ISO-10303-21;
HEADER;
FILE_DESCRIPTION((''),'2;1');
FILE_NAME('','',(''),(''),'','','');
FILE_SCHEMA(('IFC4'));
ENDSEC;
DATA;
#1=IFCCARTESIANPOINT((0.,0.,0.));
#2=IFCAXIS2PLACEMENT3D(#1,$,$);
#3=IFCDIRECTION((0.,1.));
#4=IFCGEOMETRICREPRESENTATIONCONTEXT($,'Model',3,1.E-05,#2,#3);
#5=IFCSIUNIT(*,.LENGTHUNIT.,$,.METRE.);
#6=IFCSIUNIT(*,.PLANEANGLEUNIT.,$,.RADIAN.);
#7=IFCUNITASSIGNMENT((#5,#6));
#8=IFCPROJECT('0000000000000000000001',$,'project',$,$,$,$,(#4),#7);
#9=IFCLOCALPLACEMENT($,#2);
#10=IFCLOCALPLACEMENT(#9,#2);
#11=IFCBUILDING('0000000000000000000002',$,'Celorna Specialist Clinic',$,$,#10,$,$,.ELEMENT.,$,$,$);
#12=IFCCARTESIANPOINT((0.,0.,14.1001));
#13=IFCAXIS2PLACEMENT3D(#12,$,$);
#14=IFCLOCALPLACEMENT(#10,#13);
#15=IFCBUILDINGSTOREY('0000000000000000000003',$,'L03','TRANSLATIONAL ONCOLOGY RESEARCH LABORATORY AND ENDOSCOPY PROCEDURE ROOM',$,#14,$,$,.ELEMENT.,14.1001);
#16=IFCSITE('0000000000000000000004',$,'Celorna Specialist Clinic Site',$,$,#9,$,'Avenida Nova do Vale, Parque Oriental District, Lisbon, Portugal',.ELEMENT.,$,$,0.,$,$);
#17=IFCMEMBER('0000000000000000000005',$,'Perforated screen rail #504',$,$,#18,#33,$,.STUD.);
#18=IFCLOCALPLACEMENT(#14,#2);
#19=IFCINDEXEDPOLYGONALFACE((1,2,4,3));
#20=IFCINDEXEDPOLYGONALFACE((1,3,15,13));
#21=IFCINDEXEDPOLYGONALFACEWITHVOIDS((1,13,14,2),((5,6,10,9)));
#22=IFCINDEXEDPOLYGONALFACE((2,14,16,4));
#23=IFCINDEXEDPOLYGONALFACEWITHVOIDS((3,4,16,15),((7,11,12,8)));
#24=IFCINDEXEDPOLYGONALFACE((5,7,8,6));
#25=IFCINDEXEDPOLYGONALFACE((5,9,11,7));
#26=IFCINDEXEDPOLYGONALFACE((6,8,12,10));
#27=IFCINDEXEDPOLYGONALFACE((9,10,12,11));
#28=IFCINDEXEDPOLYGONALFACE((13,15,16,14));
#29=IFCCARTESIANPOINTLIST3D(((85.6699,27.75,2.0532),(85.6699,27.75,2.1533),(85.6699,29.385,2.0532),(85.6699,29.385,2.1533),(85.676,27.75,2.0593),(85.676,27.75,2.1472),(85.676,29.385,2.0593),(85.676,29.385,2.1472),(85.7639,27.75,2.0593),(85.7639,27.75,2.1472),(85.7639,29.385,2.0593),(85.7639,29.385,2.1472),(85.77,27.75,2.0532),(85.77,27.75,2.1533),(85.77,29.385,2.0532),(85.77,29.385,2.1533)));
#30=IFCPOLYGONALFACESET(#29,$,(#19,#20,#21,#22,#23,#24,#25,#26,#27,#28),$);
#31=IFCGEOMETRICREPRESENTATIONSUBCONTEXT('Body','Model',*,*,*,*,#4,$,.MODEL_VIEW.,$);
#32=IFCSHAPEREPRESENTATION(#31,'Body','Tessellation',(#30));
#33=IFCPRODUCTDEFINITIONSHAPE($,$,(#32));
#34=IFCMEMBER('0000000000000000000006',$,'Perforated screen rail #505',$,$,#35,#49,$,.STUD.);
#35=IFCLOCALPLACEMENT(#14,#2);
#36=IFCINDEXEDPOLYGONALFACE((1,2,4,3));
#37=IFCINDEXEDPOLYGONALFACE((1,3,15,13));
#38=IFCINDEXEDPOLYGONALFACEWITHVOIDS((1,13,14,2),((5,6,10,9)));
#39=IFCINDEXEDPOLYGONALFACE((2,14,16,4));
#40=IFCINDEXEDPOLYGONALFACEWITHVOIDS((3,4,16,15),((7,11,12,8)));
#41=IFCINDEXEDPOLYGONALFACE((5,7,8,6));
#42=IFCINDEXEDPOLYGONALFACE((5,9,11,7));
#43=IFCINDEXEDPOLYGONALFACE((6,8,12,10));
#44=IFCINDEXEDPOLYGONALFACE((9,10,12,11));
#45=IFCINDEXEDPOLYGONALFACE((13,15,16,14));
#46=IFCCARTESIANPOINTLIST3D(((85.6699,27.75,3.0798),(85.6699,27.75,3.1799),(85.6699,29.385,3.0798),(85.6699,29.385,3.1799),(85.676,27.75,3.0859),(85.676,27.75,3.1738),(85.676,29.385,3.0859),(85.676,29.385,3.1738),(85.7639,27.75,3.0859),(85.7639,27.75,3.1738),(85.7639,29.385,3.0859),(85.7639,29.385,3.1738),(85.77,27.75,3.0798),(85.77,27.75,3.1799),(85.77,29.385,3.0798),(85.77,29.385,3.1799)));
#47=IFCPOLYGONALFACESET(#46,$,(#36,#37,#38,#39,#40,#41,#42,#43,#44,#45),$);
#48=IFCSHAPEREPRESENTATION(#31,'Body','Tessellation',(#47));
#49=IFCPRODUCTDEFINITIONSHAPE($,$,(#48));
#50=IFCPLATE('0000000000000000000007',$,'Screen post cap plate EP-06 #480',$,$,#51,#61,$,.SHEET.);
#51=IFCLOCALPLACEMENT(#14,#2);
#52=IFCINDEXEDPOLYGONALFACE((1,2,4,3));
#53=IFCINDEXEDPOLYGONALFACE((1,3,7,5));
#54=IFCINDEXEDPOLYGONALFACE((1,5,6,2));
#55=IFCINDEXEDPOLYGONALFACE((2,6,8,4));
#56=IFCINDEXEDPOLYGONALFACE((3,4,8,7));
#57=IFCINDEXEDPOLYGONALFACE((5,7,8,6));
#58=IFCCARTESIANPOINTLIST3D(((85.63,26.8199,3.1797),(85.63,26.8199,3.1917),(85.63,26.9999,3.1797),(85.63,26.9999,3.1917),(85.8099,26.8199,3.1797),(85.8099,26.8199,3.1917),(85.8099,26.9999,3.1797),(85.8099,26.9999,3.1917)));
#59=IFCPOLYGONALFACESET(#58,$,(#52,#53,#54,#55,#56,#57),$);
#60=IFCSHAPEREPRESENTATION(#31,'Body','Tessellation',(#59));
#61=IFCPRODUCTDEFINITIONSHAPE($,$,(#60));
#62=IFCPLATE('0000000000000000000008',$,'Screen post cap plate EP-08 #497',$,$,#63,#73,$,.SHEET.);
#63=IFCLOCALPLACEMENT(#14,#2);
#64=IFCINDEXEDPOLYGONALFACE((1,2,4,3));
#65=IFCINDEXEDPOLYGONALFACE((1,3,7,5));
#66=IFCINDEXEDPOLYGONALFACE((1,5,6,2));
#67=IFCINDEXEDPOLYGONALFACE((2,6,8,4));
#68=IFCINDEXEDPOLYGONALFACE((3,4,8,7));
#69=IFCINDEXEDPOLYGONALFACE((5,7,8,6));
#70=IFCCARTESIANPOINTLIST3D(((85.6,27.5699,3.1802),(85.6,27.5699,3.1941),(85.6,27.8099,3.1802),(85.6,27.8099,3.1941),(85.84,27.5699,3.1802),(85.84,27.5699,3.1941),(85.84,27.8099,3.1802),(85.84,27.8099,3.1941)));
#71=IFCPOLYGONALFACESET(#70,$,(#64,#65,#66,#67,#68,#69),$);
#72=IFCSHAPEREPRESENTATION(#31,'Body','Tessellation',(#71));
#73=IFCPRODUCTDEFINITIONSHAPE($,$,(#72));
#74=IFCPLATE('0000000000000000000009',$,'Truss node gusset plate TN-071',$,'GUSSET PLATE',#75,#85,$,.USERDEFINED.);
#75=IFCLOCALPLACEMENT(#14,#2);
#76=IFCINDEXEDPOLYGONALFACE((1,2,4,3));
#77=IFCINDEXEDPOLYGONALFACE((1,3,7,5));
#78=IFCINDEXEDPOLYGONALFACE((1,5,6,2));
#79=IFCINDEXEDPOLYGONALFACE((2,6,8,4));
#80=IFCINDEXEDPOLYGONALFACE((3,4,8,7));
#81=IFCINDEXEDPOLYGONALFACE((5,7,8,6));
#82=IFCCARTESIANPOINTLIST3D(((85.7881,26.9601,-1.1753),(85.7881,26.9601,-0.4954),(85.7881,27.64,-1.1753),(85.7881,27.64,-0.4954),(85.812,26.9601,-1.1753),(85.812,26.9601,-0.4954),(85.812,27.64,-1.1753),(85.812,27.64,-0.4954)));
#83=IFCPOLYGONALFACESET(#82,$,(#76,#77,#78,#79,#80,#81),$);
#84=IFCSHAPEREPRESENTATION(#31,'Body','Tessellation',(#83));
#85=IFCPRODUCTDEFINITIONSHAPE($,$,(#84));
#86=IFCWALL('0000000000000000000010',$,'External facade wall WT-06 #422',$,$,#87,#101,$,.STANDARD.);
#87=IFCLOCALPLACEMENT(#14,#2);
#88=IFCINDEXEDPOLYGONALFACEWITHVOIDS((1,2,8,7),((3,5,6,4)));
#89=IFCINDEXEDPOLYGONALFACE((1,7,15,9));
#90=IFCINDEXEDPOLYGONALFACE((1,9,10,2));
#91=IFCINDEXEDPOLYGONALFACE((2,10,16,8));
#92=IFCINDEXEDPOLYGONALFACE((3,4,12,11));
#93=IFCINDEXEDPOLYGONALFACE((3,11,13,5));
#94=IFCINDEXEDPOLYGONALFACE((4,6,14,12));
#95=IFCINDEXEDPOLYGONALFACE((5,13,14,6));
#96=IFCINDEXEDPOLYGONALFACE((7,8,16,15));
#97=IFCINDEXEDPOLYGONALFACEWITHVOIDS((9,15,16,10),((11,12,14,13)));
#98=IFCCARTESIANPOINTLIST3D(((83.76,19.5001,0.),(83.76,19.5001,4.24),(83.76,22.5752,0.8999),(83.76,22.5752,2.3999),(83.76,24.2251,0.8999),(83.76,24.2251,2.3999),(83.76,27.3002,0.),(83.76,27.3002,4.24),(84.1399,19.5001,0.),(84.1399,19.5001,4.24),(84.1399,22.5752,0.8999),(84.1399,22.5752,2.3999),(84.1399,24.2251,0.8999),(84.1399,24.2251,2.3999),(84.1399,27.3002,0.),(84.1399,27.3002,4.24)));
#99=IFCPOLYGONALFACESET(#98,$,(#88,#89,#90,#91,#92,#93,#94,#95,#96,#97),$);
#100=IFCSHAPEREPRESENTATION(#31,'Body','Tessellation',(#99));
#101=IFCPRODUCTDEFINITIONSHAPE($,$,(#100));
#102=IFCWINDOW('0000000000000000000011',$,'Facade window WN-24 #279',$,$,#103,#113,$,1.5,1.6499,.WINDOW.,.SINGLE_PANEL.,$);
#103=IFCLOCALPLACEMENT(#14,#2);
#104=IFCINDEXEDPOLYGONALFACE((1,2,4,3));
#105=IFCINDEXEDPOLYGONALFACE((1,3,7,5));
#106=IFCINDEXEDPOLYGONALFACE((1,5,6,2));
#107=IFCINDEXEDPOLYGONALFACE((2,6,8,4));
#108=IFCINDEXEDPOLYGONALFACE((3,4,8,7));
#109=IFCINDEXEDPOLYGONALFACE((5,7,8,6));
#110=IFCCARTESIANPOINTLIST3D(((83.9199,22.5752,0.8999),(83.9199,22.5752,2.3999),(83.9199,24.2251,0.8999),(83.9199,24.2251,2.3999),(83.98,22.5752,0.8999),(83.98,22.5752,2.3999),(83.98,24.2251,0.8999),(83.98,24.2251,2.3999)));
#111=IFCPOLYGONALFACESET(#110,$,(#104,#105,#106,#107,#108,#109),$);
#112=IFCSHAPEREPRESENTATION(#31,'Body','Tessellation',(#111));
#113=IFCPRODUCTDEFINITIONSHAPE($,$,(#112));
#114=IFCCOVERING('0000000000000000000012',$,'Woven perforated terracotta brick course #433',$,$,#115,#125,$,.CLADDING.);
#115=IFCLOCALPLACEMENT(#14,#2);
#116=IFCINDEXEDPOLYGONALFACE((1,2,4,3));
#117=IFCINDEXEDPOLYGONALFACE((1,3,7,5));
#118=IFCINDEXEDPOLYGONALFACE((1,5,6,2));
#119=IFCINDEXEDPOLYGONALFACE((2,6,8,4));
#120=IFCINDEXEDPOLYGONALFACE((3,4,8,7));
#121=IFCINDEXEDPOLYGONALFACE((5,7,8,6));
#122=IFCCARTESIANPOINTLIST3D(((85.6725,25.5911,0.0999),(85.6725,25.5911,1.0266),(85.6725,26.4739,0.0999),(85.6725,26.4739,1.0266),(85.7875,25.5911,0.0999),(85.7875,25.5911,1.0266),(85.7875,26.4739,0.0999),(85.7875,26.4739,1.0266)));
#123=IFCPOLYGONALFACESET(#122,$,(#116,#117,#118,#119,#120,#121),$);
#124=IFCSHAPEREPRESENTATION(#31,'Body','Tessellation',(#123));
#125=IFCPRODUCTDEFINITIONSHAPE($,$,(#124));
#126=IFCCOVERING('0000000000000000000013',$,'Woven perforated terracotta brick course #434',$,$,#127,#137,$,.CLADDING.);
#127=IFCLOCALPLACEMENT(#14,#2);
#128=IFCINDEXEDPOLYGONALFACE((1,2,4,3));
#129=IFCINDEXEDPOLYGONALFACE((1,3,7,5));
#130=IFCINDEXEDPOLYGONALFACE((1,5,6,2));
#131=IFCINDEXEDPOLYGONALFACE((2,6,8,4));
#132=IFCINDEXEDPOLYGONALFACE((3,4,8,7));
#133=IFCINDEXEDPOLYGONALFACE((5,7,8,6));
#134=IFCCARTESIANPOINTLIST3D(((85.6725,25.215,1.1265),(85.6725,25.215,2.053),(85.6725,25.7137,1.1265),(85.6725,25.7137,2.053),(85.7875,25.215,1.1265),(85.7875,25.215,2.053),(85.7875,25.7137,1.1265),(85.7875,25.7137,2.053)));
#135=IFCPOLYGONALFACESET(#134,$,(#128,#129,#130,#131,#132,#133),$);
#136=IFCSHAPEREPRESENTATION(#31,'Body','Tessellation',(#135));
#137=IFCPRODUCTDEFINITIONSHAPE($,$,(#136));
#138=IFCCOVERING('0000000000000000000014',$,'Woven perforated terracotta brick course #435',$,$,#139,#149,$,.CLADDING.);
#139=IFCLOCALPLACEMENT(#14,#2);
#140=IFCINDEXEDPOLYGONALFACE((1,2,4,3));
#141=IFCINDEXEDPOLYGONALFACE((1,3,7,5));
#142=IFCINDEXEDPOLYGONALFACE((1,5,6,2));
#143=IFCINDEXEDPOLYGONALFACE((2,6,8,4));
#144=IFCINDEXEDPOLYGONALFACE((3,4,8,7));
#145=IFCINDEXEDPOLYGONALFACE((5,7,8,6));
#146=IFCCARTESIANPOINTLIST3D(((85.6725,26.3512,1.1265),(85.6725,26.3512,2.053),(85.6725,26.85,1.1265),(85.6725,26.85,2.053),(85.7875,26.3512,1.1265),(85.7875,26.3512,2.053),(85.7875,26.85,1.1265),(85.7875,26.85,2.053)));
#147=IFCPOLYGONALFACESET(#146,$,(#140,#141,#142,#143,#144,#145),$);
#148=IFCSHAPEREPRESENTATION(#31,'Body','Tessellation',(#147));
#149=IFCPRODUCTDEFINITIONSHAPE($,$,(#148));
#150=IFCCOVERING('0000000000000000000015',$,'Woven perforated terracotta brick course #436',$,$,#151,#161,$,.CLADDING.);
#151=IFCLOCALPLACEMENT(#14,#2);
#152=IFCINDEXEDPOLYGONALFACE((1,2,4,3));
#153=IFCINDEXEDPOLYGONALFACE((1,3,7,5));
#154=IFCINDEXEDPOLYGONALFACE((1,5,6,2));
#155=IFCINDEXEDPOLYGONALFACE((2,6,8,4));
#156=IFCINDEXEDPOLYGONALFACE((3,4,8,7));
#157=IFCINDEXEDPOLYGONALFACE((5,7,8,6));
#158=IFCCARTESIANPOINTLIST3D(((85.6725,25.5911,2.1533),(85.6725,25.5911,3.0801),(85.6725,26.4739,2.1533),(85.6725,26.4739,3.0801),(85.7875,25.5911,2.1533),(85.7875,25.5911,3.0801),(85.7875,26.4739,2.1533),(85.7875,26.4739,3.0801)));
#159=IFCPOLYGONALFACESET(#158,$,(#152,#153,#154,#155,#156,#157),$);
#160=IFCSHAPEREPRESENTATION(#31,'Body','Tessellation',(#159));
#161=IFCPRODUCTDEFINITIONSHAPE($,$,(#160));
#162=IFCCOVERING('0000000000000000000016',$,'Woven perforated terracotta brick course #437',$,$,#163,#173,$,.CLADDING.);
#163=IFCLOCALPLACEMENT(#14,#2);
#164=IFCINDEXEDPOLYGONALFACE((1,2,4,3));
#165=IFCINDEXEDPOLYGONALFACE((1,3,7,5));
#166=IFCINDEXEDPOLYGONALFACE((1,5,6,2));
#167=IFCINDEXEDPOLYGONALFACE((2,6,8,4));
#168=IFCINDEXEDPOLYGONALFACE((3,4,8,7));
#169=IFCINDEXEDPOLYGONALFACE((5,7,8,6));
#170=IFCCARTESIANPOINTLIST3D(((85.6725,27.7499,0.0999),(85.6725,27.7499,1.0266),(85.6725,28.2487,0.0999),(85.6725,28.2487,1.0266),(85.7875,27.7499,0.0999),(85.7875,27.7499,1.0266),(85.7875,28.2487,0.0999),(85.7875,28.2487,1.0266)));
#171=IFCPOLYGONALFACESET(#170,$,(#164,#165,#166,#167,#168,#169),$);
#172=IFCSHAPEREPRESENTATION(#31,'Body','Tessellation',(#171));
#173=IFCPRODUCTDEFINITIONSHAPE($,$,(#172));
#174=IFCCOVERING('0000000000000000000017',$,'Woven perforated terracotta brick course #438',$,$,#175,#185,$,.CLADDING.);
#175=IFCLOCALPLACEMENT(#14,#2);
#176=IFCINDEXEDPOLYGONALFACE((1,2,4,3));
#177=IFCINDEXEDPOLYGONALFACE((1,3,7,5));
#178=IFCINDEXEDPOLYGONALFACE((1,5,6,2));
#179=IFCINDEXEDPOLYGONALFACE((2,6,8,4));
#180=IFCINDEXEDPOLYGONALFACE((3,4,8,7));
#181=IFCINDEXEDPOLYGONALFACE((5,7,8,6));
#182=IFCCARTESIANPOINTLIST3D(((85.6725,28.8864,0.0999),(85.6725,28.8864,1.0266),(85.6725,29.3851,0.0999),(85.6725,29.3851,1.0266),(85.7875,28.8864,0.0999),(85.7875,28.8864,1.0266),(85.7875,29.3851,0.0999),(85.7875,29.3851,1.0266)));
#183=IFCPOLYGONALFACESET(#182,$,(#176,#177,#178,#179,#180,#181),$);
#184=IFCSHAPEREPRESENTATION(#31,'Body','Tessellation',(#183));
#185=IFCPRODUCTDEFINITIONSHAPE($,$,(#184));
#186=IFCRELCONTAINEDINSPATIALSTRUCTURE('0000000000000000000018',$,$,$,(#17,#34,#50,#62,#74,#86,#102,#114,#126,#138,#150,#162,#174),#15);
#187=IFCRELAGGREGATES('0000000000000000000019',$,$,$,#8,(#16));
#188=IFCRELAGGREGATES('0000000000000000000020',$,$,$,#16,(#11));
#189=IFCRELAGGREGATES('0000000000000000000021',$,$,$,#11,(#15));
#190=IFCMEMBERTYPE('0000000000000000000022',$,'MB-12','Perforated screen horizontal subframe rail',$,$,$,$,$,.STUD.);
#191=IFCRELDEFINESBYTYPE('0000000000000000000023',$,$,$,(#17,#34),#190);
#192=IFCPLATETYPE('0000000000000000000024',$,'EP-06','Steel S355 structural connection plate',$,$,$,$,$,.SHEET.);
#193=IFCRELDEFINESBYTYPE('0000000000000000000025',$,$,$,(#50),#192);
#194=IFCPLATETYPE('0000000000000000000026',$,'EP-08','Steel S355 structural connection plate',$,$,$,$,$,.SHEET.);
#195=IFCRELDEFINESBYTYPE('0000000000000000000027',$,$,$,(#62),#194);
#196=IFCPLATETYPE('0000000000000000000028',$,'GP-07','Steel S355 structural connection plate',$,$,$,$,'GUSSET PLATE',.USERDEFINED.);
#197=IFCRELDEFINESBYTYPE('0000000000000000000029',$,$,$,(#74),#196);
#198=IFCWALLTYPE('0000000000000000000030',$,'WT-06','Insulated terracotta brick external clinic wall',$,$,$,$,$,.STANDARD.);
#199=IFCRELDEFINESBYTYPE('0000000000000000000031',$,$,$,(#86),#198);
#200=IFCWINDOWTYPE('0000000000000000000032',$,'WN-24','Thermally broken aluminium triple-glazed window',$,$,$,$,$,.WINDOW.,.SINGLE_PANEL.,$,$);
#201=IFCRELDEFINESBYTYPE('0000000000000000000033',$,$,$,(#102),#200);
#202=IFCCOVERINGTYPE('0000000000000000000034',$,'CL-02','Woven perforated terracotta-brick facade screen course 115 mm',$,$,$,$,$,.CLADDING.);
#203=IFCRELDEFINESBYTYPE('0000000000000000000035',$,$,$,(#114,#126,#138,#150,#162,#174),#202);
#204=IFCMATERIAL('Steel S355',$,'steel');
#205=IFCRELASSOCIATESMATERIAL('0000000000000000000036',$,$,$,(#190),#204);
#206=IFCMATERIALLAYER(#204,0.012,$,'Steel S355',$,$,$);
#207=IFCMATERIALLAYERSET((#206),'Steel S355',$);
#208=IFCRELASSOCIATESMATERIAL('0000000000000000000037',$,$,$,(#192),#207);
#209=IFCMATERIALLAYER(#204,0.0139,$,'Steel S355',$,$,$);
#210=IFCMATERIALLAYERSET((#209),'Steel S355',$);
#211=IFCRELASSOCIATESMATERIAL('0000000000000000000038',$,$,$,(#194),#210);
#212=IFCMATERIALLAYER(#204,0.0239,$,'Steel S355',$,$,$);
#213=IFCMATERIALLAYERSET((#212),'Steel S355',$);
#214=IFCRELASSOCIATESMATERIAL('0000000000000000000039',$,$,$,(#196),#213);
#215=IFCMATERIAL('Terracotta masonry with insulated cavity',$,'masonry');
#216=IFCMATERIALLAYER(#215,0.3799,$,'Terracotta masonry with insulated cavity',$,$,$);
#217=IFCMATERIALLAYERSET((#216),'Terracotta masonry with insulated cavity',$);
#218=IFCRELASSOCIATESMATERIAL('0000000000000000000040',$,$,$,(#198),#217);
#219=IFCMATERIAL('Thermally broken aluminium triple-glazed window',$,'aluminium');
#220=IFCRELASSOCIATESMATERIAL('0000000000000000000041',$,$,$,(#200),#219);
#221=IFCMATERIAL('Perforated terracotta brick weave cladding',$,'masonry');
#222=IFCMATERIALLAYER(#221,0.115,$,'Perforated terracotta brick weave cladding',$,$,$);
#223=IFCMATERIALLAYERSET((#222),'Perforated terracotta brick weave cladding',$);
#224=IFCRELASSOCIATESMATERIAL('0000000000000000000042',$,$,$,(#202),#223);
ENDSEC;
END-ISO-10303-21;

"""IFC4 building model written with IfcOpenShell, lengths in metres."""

from ifc_helpers import new_model, si_unit, direction, frame, frame_2d, origin, origin_2d, place, context, subcontext, project, spatial, rectangle, hollow_rectangle, extrude, material, layer, layer_set, material_profile, profile_set, type_object, element, fill, save


model = new_model("IFC4")

# Units and contexts
model_context = context("Model", 3, precision=1e-05, world=origin(), true_north=direction((0.0, 1.0)))
body_context = subcontext(model_context, "Body", "Model", "MODEL_VIEW")
ifc_project = project(units=[si_unit("LENGTHUNIT", "METRE"), si_unit("PLANEANGLEUNIT", "RADIAN")], contexts=[model_context])

# Site, building, storey
site_placement = place(None, origin())
site = spatial("IfcSite", under=ifc_project, at=site_placement, Name="Celorna Specialist Clinic Site", LongName="Avenida Nova do Vale, Parque Oriental District, Lisbon, Portugal", CompositionType="ELEMENT", RefElevation=0.0)
building_placement = place(site_placement, origin())
building = spatial("IfcBuilding", under=site, at=building_placement, Name="Celorna Specialist Clinic", CompositionType="ELEMENT")
storey_placement = place(building_placement, frame((0.0, 0.0, 14.1001)))
storey = spatial("IfcBuildingStorey", under=building, at=storey_placement, Name="L03", Description="TRANSLATIONAL ONCOLOGY RESEARCH LABORATORY AND ENDOSCOPY PROCEDURE ROOM", CompositionType="ELEMENT", Elevation=14.1001)

# Shared definitions
ifc_material_1 = material(Name="Steel S355", Category="steel")

# Members
ifc_material_profile_1 = material_profile(ifc_material_1, hollow_rectangle(XDim=0.1001, YDim=0.1001, WallThickness=0.0061, at=origin_2d()), Name="SHS 100x100x6")
ifc_profile_set_1 = profile_set([ifc_material_profile_1], Name="Steel S355")
member_type_1 = type_object("IfcMemberType", Name="MB-12", Description="Perforated screen horizontal subframe rail", PredefinedType="STUD", material=ifc_profile_set_1)
for number, where, z_axis, x_axis, name in (
    (1, (85.72, 27.75, 2.1033), (0.0, 1.0, 0.0), (-1.0, 0.0, 0.0), "Perforated screen rail #504"),
    (2, (85.72, 27.75, 3.1299), (0.0, 1.0, 0.0), (-1.0, 0.0, 0.0), "Perforated screen rail #505"),
):
    element("IfcMember", number, at=place(storey_placement, frame(where, z_axis=z_axis, x_axis=x_axis)), inside=storey, type_object=member_type_1, Name=name, PredefinedType="STUD", context=body_context, shape_type="SweptSolid", body=[
        extrude(hollow_rectangle(XDim=0.1001, YDim=0.1001, WallThickness=0.0061, at=origin_2d()), origin(), (0.0, 0.0, 1.0), 1.635),
    ])

# Plates
ifc_layer_1 = layer(ifc_material_1, 0.012, Name="Steel S355")
ifc_layer_set_1 = layer_set([ifc_layer_1], Name="Steel S355")
plate_type_1 = type_object("IfcPlateType", Name="EP-06", Description="Steel S355 structural connection plate", PredefinedType="SHEET", material=ifc_layer_set_1)
plate_1_placement = place(storey_placement, frame((85.72, 26.9099, 3.1797), z_axis=(0.0, 0.0, 1.0), x_axis=(0.0, 1.0, 0.0)))
element("IfcPlate", 3, at=plate_1_placement, inside=storey, type_object=plate_type_1, Name="Screen post cap plate EP-06 #480", PredefinedType="SHEET", context=body_context, shape_type="SweptSolid", body=[
    extrude(rectangle(XDim=0.1799, YDim=0.1799, at=origin_2d()), origin(), (0.0, 0.0, 1.0), 0.012),
])
ifc_layer_2 = layer(ifc_material_1, 0.0139, Name="Steel S355")
ifc_layer_set_2 = layer_set([ifc_layer_2], Name="Steel S355")
plate_type_2 = type_object("IfcPlateType", Name="EP-08", Description="Steel S355 structural connection plate", PredefinedType="SHEET", material=ifc_layer_set_2)
plate_2_placement = place(storey_placement, frame((85.72, 27.6899, 3.1802), z_axis=(0.0, 0.0, 1.0), x_axis=(0.0, 1.0, 0.0)))
element("IfcPlate", 4, at=plate_2_placement, inside=storey, type_object=plate_type_2, Name="Screen post cap plate EP-08 #497", PredefinedType="SHEET", context=body_context, shape_type="SweptSolid", body=[
    extrude(rectangle(XDim=0.24, YDim=0.24, at=origin_2d()), origin(), (0.0, 0.0, 1.0), 0.0139),
])
ifc_layer_3 = layer(ifc_material_1, 0.0239, Name="Steel S355")
ifc_layer_set_3 = layer_set([ifc_layer_3], Name="Steel S355")
plate_type_3 = type_object("IfcPlateType", Name="GP-07", Description="Steel S355 structural connection plate", ElementType="GUSSET PLATE", PredefinedType="USERDEFINED", material=ifc_layer_set_3)
plate_3_placement = place(storey_placement, frame((85.8, 27.3, -1.1753), z_axis=(0.0, 0.0, 1.0), x_axis=(0.0, 1.0, 0.0)))
element("IfcPlate", 5, at=plate_3_placement, inside=storey, type_object=plate_type_3, Name="Truss node gusset plate TN-071", ObjectType="GUSSET PLATE", PredefinedType="USERDEFINED", context=body_context, shape_type="SweptSolid", body=[
    extrude(rectangle(XDim=0.6799, YDim=0.0239, at=origin_2d()), origin(), (0.0, 0.0, 1.0), 0.6799),
])

# Wall, opening, window
ifc_material_2 = material(Name="Terracotta masonry with insulated cavity", Category="masonry")
ifc_layer_4 = layer(ifc_material_2, 0.3799, Name="Terracotta masonry with insulated cavity")
ifc_layer_set_4 = layer_set([ifc_layer_4], Name="Terracotta masonry with insulated cavity")
wall_type = type_object("IfcWallType", Name="WT-06", Description="Insulated terracotta brick external clinic wall", PredefinedType="STANDARD", material=ifc_layer_set_4)
wall_placement = place(storey_placement, frame((83.95, 27.3, 0.0), z_axis=(0.0, 0.0, 1.0), x_axis=(0.0, -1.0, 0.0)))
wall = element("IfcWall", 6, at=wall_placement, inside=storey, type_object=wall_type, Name="External facade wall WT-06 #422", PredefinedType="STANDARD", context=body_context, shape_type="SweptSolid", body=[
    extrude(rectangle(XDim=7.8, YDim=0.3799, at=frame_2d((3.8999, 0.0))), origin(), (0.0, 0.0, 1.0), 4.24),
])
opening_placement = place(wall_placement, frame((3.075, 0.0, 0.8999)))
opening = element("IfcOpeningElement", 7, at=opening_placement, cuts=wall, PredefinedType="OPENING", context=body_context, shape_type="SweptSolid", body=[
    extrude(rectangle(XDim=1.6499, YDim=1.5, at=frame_2d((0.825, 0.75))), frame((0.0, 0.2, 0.0), z_axis=(0.0, -1.0, 0.0), x_axis=(1.0, 0.0, 0.0)), (0.0, 0.0, 1.0), 0.3999),
])
ifc_material_3 = material(Name="Thermally broken aluminium triple-glazed window", Category="aluminium")
window_type = type_object("IfcWindowType", Name="WN-24", Description="Thermally broken aluminium triple-glazed window", PartitioningType="SINGLE_PANEL", PredefinedType="WINDOW", material=ifc_material_3)
window_placement = place(opening_placement, origin())
window = element("IfcWindow", 8, at=window_placement, inside=storey, type_object=window_type, Name="Facade window WN-24 #279", OverallHeight=1.5, OverallWidth=1.6499, PartitioningType="SINGLE_PANEL", PredefinedType="WINDOW", context=body_context, shape_type="SweptSolid", body=[
    extrude(rectangle(XDim=1.6499, YDim=1.5, at=frame_2d((0.825, 0.75))), frame((0.0, 0.03, 0.0), z_axis=(0.0, -1.0, 0.0), x_axis=(1.0, 0.0, 0.0)), (0.0, 0.0, 1.0), 0.0601),
])
fill(opening, window)

# Coverings
ifc_material_4 = material(Name="Perforated terracotta brick weave cladding", Category="masonry")
ifc_layer_5 = layer(ifc_material_4, 0.115, Name="Perforated terracotta brick weave cladding")
ifc_layer_set_5 = layer_set([ifc_layer_5], Name="Perforated terracotta brick weave cladding")
covering_type = type_object("IfcCoveringType", Name="CL-02", Description="Woven perforated terracotta-brick facade screen course 115 mm", PredefinedType="CLADDING", material=ifc_layer_set_5)
covering_1_placement = place(storey_placement, frame((85.73, 26.0325, 0.0999), z_axis=(0.0, 0.0, 1.0), x_axis=(0.0, 1.0, 0.0)))
element("IfcCovering", 9, at=covering_1_placement, inside=storey, type_object=covering_type, Name="Woven perforated terracotta brick course #433", PredefinedType="CLADDING", context=body_context, shape_type="SweptSolid", body=[
    extrude(rectangle(XDim=0.8828, YDim=0.115, at=origin_2d()), origin(), (0.0, 0.0, 1.0), 0.9268),
])
for number, where, z_axis, x_axis, name in (
    (10, (85.73, 25.4644, 1.1265), (0.0, 0.0, 1.0), (0.0, 1.0, 0.0), "Woven perforated terracotta brick course #434"),
    (11, (85.73, 26.6006, 1.1265), (0.0, 0.0, 1.0), (0.0, 1.0, 0.0), "Woven perforated terracotta brick course #435"),
):
    element("IfcCovering", number, at=place(storey_placement, frame(where, z_axis=z_axis, x_axis=x_axis)), inside=storey, type_object=covering_type, Name=name, PredefinedType="CLADDING", context=body_context, shape_type="SweptSolid", body=[
        extrude(rectangle(XDim=0.4988, YDim=0.115, at=origin_2d()), origin(), (0.0, 0.0, 1.0), 0.9265),
    ])
covering_2_placement = place(storey_placement, frame((85.73, 26.0325, 2.1533), z_axis=(0.0, 0.0, 1.0), x_axis=(0.0, 1.0, 0.0)))
element("IfcCovering", 12, at=covering_2_placement, inside=storey, type_object=covering_type, Name="Woven perforated terracotta brick course #436", PredefinedType="CLADDING", context=body_context, shape_type="SweptSolid", body=[
    extrude(rectangle(XDim=0.8828, YDim=0.115, at=origin_2d()), origin(), (0.0, 0.0, 1.0), 0.9268),
])
for number, where, z_axis, x_axis, name in (
    (13, (85.73, 27.9993, 0.0999), (0.0, 0.0, 1.0), (0.0, 1.0, 0.0), "Woven perforated terracotta brick course #437"),
    (14, (85.73, 29.1357, 0.0999), (0.0, 0.0, 1.0), (0.0, 1.0, 0.0), "Woven perforated terracotta brick course #438"),
):
    element("IfcCovering", number, at=place(storey_placement, frame(where, z_axis=z_axis, x_axis=x_axis)), inside=storey, type_object=covering_type, Name=name, PredefinedType="CLADDING", context=body_context, shape_type="SweptSolid", body=[
        extrude(rectangle(XDim=0.4988, YDim=0.115, at=origin_2d()), origin(), (0.0, 0.0, 1.0), 0.9268),
    ])

save(model, "model.ifc")
